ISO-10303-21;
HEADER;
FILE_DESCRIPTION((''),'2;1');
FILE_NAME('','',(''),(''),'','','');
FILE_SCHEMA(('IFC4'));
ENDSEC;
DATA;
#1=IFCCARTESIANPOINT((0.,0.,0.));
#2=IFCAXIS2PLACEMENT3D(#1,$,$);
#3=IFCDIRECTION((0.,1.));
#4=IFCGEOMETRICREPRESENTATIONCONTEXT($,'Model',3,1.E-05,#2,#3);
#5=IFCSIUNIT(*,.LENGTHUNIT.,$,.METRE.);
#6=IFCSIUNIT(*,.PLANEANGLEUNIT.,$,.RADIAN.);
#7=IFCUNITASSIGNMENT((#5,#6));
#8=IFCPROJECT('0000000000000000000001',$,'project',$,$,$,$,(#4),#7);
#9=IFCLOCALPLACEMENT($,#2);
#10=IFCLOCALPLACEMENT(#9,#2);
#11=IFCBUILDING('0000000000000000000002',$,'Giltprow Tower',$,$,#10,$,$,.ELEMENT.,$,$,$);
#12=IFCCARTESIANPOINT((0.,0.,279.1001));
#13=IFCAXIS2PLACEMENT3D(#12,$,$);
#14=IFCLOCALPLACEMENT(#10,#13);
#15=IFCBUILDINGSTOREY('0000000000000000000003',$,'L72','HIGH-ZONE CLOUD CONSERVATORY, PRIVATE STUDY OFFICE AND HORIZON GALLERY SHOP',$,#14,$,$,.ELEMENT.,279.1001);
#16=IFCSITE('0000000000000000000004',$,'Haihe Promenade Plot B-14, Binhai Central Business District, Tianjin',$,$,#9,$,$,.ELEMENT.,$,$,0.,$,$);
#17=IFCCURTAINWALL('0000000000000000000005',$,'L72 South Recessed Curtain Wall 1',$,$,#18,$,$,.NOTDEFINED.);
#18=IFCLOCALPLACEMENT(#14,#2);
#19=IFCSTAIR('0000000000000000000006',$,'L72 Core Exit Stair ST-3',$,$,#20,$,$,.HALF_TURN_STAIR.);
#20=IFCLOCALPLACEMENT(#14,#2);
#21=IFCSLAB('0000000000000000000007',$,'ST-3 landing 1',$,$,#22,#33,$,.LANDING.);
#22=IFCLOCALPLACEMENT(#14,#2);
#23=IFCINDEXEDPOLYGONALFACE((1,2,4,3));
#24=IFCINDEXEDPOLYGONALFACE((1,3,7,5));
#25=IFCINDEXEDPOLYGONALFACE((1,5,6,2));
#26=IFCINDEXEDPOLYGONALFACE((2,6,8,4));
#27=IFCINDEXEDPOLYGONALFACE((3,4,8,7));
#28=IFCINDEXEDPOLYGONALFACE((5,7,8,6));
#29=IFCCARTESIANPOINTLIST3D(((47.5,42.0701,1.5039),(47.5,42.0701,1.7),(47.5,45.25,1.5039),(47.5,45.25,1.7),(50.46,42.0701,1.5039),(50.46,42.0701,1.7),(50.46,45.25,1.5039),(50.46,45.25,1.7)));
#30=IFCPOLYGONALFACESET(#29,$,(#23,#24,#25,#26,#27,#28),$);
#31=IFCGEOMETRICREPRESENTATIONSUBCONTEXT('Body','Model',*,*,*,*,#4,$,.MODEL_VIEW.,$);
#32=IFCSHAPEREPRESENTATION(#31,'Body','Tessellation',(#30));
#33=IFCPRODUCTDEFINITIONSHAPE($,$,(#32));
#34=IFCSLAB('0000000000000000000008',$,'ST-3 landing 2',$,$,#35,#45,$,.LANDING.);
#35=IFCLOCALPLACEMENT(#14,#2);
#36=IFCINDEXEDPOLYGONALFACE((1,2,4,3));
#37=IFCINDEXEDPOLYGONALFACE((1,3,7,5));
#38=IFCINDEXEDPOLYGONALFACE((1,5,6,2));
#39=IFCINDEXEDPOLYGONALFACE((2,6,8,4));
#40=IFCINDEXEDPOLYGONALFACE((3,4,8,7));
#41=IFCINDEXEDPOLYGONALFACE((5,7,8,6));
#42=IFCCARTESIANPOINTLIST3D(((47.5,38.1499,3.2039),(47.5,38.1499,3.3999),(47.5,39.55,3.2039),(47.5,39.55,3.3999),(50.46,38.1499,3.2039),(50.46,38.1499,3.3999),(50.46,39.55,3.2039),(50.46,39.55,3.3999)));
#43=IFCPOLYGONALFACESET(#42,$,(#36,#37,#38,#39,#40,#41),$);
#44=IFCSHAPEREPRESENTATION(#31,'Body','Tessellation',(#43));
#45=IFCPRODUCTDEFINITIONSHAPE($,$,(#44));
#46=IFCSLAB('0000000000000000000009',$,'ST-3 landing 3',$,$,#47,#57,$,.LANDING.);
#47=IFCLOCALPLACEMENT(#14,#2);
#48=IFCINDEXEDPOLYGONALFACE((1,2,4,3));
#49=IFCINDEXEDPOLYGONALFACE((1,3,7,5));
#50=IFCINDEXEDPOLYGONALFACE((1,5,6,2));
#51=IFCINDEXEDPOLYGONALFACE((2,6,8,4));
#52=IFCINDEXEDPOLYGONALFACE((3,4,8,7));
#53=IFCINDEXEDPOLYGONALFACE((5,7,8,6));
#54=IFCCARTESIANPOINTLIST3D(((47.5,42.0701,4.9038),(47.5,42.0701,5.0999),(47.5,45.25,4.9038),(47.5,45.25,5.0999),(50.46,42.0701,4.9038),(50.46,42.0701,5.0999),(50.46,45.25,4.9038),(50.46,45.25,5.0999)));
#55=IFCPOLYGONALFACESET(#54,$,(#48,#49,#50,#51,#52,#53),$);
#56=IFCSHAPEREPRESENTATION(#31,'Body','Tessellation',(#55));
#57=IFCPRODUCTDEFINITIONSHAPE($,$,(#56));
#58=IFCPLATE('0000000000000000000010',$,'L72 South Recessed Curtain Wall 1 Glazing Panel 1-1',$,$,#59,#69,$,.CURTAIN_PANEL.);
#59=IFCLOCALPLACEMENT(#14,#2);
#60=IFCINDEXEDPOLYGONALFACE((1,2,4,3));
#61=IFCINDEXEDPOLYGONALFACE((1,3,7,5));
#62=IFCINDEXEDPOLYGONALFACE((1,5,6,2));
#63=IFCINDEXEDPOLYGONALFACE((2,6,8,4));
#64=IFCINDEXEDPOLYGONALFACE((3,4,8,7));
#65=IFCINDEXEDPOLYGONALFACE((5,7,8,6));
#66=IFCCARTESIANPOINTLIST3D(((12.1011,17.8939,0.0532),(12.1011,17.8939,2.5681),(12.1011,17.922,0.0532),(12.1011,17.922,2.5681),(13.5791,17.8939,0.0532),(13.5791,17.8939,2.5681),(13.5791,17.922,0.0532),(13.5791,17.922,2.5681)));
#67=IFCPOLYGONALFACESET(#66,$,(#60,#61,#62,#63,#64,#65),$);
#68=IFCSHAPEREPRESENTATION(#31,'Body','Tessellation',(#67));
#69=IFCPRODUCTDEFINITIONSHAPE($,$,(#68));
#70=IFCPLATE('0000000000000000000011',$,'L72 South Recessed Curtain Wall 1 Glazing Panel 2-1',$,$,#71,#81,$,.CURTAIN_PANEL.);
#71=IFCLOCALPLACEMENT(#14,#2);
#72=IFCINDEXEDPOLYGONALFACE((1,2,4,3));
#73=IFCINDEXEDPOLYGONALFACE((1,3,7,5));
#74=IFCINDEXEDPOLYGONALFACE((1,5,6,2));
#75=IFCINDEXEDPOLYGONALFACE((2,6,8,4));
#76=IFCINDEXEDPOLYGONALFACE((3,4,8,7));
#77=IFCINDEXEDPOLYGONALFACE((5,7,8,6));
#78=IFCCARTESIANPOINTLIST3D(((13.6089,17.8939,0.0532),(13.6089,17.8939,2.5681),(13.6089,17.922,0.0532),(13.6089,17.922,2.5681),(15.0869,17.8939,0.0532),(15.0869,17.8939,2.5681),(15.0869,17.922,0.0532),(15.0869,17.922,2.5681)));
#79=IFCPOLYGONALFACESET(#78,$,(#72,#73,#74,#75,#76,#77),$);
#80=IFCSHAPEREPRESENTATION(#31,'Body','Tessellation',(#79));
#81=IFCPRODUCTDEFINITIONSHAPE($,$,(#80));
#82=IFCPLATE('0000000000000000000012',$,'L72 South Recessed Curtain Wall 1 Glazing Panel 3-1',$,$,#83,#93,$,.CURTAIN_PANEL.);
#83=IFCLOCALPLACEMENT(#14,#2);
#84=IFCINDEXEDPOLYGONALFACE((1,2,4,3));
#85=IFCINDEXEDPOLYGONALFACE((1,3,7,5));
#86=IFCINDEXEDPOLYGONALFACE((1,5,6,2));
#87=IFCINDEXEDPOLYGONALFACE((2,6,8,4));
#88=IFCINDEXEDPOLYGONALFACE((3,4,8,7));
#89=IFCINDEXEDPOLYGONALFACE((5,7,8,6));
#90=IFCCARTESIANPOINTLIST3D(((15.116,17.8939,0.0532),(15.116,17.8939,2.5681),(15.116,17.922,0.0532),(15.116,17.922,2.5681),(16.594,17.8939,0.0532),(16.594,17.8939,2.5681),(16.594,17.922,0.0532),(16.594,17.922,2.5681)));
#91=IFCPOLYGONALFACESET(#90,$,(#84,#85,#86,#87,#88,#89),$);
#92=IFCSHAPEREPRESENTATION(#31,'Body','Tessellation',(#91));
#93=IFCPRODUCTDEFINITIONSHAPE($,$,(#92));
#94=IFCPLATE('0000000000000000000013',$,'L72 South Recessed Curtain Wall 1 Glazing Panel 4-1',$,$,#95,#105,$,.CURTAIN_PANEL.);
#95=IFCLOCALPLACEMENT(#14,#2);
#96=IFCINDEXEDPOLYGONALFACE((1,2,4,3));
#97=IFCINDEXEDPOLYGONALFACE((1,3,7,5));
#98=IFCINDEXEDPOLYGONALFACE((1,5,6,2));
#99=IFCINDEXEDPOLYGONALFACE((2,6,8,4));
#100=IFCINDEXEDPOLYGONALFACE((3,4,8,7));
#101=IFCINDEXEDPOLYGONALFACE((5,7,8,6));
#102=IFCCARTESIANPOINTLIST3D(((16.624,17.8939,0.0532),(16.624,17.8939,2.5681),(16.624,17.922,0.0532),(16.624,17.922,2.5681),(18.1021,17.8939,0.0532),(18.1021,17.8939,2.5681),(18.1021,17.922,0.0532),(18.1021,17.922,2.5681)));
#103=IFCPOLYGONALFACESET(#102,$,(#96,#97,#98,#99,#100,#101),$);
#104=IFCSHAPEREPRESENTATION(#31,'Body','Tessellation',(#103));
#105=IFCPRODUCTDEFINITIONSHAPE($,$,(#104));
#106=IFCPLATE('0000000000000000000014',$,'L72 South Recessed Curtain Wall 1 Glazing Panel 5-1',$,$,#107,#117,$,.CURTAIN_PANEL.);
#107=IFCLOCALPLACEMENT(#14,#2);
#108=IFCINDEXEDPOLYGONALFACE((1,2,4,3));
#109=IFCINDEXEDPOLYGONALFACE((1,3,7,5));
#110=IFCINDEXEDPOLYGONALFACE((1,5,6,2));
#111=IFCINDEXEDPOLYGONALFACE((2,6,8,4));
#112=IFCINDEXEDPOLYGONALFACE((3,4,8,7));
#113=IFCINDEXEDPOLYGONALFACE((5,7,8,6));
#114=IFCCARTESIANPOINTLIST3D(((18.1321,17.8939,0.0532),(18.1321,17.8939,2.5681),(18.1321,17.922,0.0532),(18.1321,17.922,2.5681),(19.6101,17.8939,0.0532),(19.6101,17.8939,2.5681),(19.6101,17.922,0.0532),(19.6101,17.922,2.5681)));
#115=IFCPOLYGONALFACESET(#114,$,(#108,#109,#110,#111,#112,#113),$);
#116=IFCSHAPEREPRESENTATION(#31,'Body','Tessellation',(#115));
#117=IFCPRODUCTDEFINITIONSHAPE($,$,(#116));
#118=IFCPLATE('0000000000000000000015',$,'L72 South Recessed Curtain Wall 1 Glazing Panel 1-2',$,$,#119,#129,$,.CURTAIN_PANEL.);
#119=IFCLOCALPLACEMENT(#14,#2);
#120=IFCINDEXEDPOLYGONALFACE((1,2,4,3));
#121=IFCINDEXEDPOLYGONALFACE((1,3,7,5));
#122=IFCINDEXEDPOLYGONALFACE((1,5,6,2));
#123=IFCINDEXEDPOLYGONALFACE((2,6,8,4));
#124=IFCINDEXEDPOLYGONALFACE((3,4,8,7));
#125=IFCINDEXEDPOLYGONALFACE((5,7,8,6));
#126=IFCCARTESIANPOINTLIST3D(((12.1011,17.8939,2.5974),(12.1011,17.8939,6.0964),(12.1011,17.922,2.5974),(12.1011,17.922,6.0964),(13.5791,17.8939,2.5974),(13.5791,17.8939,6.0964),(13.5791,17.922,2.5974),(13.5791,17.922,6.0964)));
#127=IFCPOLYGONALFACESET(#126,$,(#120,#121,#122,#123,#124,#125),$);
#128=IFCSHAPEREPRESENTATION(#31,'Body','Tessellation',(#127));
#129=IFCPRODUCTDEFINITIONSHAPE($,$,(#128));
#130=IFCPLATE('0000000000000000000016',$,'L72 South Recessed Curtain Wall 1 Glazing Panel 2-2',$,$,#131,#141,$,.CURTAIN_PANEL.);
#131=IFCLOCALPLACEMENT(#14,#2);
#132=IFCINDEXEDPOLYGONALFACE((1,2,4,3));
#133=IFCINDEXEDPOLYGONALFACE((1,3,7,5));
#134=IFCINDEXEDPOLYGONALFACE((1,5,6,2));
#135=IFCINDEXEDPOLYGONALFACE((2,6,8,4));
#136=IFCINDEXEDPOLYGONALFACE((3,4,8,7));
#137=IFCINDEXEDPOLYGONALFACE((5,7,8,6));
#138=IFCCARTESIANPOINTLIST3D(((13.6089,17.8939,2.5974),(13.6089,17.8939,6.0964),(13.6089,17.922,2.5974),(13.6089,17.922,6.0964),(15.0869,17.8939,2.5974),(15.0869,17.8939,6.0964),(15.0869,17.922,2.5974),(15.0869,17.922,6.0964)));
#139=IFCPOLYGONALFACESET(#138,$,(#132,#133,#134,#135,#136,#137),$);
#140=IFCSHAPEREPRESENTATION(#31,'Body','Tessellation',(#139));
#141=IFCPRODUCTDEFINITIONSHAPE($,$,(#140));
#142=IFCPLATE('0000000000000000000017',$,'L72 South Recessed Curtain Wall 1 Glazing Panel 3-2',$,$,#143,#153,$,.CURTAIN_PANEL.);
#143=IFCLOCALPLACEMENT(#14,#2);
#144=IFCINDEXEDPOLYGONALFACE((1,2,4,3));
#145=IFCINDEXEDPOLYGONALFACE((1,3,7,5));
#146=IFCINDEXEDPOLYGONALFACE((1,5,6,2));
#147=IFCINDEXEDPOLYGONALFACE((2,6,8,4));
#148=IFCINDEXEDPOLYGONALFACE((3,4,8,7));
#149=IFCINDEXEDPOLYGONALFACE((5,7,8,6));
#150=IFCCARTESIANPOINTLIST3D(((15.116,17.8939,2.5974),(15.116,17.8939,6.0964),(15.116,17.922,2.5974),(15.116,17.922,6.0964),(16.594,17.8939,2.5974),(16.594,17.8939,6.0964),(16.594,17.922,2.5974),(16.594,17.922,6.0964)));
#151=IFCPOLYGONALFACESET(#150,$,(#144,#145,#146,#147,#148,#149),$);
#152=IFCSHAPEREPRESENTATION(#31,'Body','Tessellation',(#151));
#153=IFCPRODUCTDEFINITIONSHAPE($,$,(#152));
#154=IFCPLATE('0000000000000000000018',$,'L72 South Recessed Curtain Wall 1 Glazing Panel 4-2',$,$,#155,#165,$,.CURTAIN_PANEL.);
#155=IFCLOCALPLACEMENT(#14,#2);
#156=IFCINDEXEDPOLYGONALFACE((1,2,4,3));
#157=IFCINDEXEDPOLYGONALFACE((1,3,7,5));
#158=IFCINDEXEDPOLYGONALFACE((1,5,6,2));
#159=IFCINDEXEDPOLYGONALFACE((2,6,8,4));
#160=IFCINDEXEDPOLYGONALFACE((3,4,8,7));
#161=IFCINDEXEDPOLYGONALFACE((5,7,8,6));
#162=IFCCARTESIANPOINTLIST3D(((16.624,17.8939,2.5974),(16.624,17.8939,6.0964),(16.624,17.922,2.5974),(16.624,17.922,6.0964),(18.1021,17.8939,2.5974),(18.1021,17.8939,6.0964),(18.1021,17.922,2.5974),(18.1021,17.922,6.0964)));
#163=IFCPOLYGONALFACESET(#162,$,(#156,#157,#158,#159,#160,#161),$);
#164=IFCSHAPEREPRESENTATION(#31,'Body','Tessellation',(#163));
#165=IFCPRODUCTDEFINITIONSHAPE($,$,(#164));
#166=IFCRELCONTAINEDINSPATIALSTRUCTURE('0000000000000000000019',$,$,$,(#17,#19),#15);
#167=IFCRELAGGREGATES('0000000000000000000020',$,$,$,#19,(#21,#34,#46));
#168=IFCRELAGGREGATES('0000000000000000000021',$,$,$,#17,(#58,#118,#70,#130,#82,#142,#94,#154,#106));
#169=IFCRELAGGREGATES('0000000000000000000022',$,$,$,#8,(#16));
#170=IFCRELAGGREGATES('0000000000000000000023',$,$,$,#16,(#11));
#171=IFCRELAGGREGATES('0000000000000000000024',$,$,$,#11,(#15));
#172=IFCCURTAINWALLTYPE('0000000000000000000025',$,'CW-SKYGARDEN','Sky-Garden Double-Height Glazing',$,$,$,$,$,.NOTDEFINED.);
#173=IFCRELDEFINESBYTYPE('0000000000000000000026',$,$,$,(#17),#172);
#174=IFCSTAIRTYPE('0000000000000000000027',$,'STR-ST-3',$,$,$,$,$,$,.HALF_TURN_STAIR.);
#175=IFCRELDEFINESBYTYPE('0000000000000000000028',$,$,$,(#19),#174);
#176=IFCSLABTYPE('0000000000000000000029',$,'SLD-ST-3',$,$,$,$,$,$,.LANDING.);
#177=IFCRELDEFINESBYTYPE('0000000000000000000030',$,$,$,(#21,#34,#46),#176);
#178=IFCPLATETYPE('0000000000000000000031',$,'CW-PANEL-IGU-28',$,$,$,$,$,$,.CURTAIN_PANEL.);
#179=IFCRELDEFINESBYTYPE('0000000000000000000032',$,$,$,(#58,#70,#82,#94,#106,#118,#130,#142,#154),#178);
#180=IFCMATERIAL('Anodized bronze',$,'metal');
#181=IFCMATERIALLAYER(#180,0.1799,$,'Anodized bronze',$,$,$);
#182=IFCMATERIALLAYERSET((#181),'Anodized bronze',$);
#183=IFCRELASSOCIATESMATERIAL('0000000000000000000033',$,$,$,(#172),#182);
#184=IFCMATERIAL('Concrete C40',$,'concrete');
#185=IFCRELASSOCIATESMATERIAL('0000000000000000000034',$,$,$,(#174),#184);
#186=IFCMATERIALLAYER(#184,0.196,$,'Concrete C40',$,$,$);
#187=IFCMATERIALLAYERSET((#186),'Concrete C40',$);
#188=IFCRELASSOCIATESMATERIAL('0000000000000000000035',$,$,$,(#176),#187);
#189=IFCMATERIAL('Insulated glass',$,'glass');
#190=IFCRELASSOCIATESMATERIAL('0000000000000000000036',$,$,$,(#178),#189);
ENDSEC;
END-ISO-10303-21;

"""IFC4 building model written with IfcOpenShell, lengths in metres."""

from ifc_helpers import new_model, si_unit, direction, frame, origin, origin_2d, place, context, subcontext, project, spatial, polyline, rectangle, outline, extrude, source, transform, mapped, material, layer, layer_set, type_object, element, aggregate, save


model = new_model("IFC4")

# Units and contexts
model_context = context("Model", 3, precision=1e-05, world=origin(), true_north=direction((0.0, 1.0)))
body_context = subcontext(model_context, "Body", "Model", "MODEL_VIEW")
ifc_project = project(units=[si_unit("LENGTHUNIT", "METRE"), si_unit("PLANEANGLEUNIT", "RADIAN")], contexts=[model_context])

# Site, building, storey
site_placement = place(None, origin())
site = spatial("IfcSite", under=ifc_project, at=site_placement, Name="Haihe Promenade Plot B-14, Binhai Central Business District, Tianjin", CompositionType="ELEMENT", RefElevation=0.0)
building_placement = place(site_placement, origin())
building = spatial("IfcBuilding", under=site, at=building_placement, Name="Giltprow Tower", CompositionType="ELEMENT")
storey_placement = place(building_placement, frame((0.0, 0.0, 279.1001)))
storey = spatial("IfcBuildingStorey", under=building, at=storey_placement, Name="L72", Description="HIGH-ZONE CLOUD CONSERVATORY, PRIVATE STUDY OFFICE AND HORIZON GALLERY SHOP", CompositionType="ELEMENT", Elevation=279.1001)

# Curtain wall
ifc_material_1 = material(Name="Anodized bronze", Category="metal")
ifc_layer_1 = layer(ifc_material_1, 0.1799, Name="Anodized bronze")
ifc_layer_set_1 = layer_set([ifc_layer_1], Name="Anodized bronze")
curtain_wall_type = type_object("IfcCurtainWallType", Name="CW-SKYGARDEN", Description="Sky-Garden Double-Height Glazing", PredefinedType="NOTDEFINED", material=ifc_layer_set_1)
curtain_wall_placement = place(storey_placement, origin())
curtain_wall = element("IfcCurtainWall", 1, at=curtain_wall_placement, inside=storey, type_object=curtain_wall_type, Name="L72 South Recessed Curtain Wall 1", PredefinedType="NOTDEFINED")

# Shared definitions
ifc_material_2 = material(Name="Concrete C40", Category="concrete")

# Stair, slabs
stair_type_1 = type_object("IfcStairType", Name="STR-ST-3", PredefinedType="HALF_TURN_STAIR", material=ifc_material_2)
stair_1_placement = place(storey_placement, origin())
stair_1 = element("IfcStair", 2, at=stair_1_placement, inside=storey, type_object=stair_type_1, Name="L72 Core Exit Stair ST-3", PredefinedType="HALF_TURN_STAIR")
ifc_layer_2 = layer(ifc_material_2, 0.196, Name="Concrete C40")
ifc_layer_set_2 = layer_set([ifc_layer_2], Name="Concrete C40")
slab_type_1 = type_object("IfcSlabType", Name="SLD-ST-3", PredefinedType="LANDING", material=ifc_layer_set_2)
slab_1_placement = place(storey_placement, frame((0.0, 0.0, 1.5039)))
slab_1 = element("IfcSlab", 3, at=slab_1_placement, type_object=slab_type_1, Name="ST-3 landing 1", PredefinedType="LANDING", context=body_context, shape_type="SweptSolid", body=[
    extrude(outline(polyline([(50.46, 42.0701), (50.46, 45.25), (47.5, 45.25), (47.5, 42.0701), (50.46, 42.0701)])), origin(), (0.0, 0.0, 1.0), 0.196),
])
slab_2_placement = place(storey_placement, frame((0.0, 0.0, 3.2039)))
slab_2 = element("IfcSlab", 4, at=slab_2_placement, type_object=slab_type_1, Name="ST-3 landing 2", PredefinedType="LANDING", context=body_context, shape_type="SweptSolid", body=[
    extrude(outline(polyline([(50.46, 38.1499), (50.46, 39.55), (47.5, 39.55), (47.5, 38.1499), (50.46, 38.1499)])), origin(), (0.0, 0.0, 1.0), 0.196),
])
slab_3_placement = place(storey_placement, frame((0.0, 0.0, 4.9038)))
slab_3 = element("IfcSlab", 5, at=slab_3_placement, type_object=slab_type_1, Name="ST-3 landing 3", PredefinedType="LANDING", context=body_context, shape_type="SweptSolid", body=[
    extrude(outline(polyline([(50.46, 42.0701), (50.46, 45.25), (47.5, 45.25), (47.5, 42.0701), (50.46, 42.0701)])), origin(), (0.0, 0.0, 1.0), 0.196),
])
aggregate(stair_1, [slab_1, slab_2, slab_3])

# Plates
ifc_material_3 = material(Name="Insulated glass", Category="glass")
plate_type = type_object("IfcPlateType", Name="CW-PANEL-IGU-28", PredefinedType="CURTAIN_PANEL", material=ifc_material_3)
shared_shape_1 = source(origin(), body_context, "Body", "SweptSolid", [
    extrude(rectangle(XDim=1.478, YDim=0.0281, at=origin_2d()), origin(), (0.0, 0.0, 1.0), 2.5149),
])
plate_1_placement = place(storey_placement, frame((12.8401, 17.908, 0.0532), z_axis=(0.0, 0.0, 1.0), x_axis=(1.0, 0.0, 0.0)))
plate_1 = element("IfcPlate", 6, at=plate_1_placement, type_object=plate_type, Name="L72 South Recessed Curtain Wall 1 Glazing Panel 1-1", PredefinedType="CURTAIN_PANEL", context=body_context, shape_type="MappedRepresentation", body=[
    mapped(shared_shape_1, transform((0.0, 0.0, 0.0), x_axis=(1.0, 0.0, 0.0), y_axis=(0.0, 1.0, 0.0), z_axis=(0.0, 0.0, 1.0), scale=1.0)),
])
plate_2_placement = place(storey_placement, frame((14.3479, 17.908, 0.0532), z_axis=(0.0, 0.0, 1.0), x_axis=(1.0, 0.0, 0.0)))
plate_2 = element("IfcPlate", 7, at=plate_2_placement, type_object=plate_type, Name="L72 South Recessed Curtain Wall 1 Glazing Panel 2-1", PredefinedType="CURTAIN_PANEL", context=body_context, shape_type="MappedRepresentation", body=[
    mapped(shared_shape_1, transform((0.0, 0.0, 0.0), x_axis=(1.0, 0.0, 0.0), y_axis=(0.0, 1.0, 0.0), z_axis=(0.0, 0.0, 1.0), scale=1.0)),
])
plate_3_placement = place(storey_placement, frame((15.855, 17.908, 0.0532), z_axis=(0.0, 0.0, 1.0), x_axis=(1.0, 0.0, 0.0)))
plate_3 = element("IfcPlate", 8, at=plate_3_placement, type_object=plate_type, Name="L72 South Recessed Curtain Wall 1 Glazing Panel 3-1", PredefinedType="CURTAIN_PANEL", context=body_context, shape_type="MappedRepresentation", body=[
    mapped(shared_shape_1, transform((0.0, 0.0, 0.0), x_axis=(1.0, 0.0, 0.0), y_axis=(0.0, 1.0, 0.0), z_axis=(0.0, 0.0, 1.0), scale=1.0)),
])
plate_4_placement = place(storey_placement, frame((17.363, 17.908, 0.0532), z_axis=(0.0, 0.0, 1.0), x_axis=(1.0, 0.0, 0.0)))
plate_4 = element("IfcPlate", 9, at=plate_4_placement, type_object=plate_type, Name="L72 South Recessed Curtain Wall 1 Glazing Panel 4-1", PredefinedType="CURTAIN_PANEL", context=body_context, shape_type="MappedRepresentation", body=[
    mapped(shared_shape_1, transform((0.0, 0.0, 0.0), x_axis=(1.0, 0.0, 0.0), y_axis=(0.0, 1.0, 0.0), z_axis=(0.0, 0.0, 1.0), scale=1.0)),
])
plate_5_placement = place(storey_placement, frame((18.8711, 17.908, 0.0532), z_axis=(0.0, 0.0, 1.0), x_axis=(1.0, 0.0, 0.0)))
plate_5 = element("IfcPlate", 10, at=plate_5_placement, type_object=plate_type, Name="L72 South Recessed Curtain Wall 1 Glazing Panel 5-1", PredefinedType="CURTAIN_PANEL", context=body_context, shape_type="MappedRepresentation", body=[
    mapped(shared_shape_1, transform((0.0, 0.0, 0.0), x_axis=(1.0, 0.0, 0.0), y_axis=(0.0, 1.0, 0.0), z_axis=(0.0, 0.0, 1.0), scale=1.0)),
])
shared_shape_2 = source(origin(), body_context, "Body", "SweptSolid", [
    extrude(rectangle(XDim=1.478, YDim=0.0281, at=origin_2d()), origin(), (0.0, 0.0, 1.0), 3.499),
])
plate_6_placement = place(storey_placement, frame((12.8401, 17.908, 2.5974), z_axis=(0.0, 0.0, 1.0), x_axis=(1.0, 0.0, 0.0)))
plate_6 = element("IfcPlate", 11, at=plate_6_placement, type_object=plate_type, Name="L72 South Recessed Curtain Wall 1 Glazing Panel 1-2", PredefinedType="CURTAIN_PANEL", context=body_context, shape_type="MappedRepresentation", body=[
    mapped(shared_shape_2, transform((0.0, 0.0, 0.0), x_axis=(1.0, 0.0, 0.0), y_axis=(0.0, 1.0, 0.0), z_axis=(0.0, 0.0, 1.0), scale=1.0)),
])
plate_7_placement = place(storey_placement, frame((14.3479, 17.908, 2.5974), z_axis=(0.0, 0.0, 1.0), x_axis=(1.0, 0.0, 0.0)))
plate_7 = element("IfcPlate", 12, at=plate_7_placement, type_object=plate_type, Name="L72 South Recessed Curtain Wall 1 Glazing Panel 2-2", PredefinedType="CURTAIN_PANEL", context=body_context, shape_type="MappedRepresentation", body=[
    mapped(shared_shape_2, transform((0.0, 0.0, 0.0), x_axis=(1.0, 0.0, 0.0), y_axis=(0.0, 1.0, 0.0), z_axis=(0.0, 0.0, 1.0), scale=1.0)),
])
plate_8_placement = place(storey_placement, frame((15.855, 17.908, 2.5974), z_axis=(0.0, 0.0, 1.0), x_axis=(1.0, 0.0, 0.0)))
plate_8 = element("IfcPlate", 13, at=plate_8_placement, type_object=plate_type, Name="L72 South Recessed Curtain Wall 1 Glazing Panel 3-2", PredefinedType="CURTAIN_PANEL", context=body_context, shape_type="MappedRepresentation", body=[
    mapped(shared_shape_2, transform((0.0, 0.0, 0.0), x_axis=(1.0, 0.0, 0.0), y_axis=(0.0, 1.0, 0.0), z_axis=(0.0, 0.0, 1.0), scale=1.0)),
])
plate_9_placement = place(storey_placement, frame((17.363, 17.908, 2.5974), z_axis=(0.0, 0.0, 1.0), x_axis=(1.0, 0.0, 0.0)))
plate_9 = element("IfcPlate", 14, at=plate_9_placement, type_object=plate_type, Name="L72 South Recessed Curtain Wall 1 Glazing Panel 4-2", PredefinedType="CURTAIN_PANEL", context=body_context, shape_type="MappedRepresentation", body=[
    mapped(shared_shape_2, transform((0.0, 0.0, 0.0), x_axis=(1.0, 0.0, 0.0), y_axis=(0.0, 1.0, 0.0), z_axis=(0.0, 0.0, 1.0), scale=1.0)),
])
aggregate(curtain_wall, [plate_1, plate_6, plate_2, plate_7, plate_3, plate_8, plate_4, plate_9, plate_5])

save(model, "model.ifc")
